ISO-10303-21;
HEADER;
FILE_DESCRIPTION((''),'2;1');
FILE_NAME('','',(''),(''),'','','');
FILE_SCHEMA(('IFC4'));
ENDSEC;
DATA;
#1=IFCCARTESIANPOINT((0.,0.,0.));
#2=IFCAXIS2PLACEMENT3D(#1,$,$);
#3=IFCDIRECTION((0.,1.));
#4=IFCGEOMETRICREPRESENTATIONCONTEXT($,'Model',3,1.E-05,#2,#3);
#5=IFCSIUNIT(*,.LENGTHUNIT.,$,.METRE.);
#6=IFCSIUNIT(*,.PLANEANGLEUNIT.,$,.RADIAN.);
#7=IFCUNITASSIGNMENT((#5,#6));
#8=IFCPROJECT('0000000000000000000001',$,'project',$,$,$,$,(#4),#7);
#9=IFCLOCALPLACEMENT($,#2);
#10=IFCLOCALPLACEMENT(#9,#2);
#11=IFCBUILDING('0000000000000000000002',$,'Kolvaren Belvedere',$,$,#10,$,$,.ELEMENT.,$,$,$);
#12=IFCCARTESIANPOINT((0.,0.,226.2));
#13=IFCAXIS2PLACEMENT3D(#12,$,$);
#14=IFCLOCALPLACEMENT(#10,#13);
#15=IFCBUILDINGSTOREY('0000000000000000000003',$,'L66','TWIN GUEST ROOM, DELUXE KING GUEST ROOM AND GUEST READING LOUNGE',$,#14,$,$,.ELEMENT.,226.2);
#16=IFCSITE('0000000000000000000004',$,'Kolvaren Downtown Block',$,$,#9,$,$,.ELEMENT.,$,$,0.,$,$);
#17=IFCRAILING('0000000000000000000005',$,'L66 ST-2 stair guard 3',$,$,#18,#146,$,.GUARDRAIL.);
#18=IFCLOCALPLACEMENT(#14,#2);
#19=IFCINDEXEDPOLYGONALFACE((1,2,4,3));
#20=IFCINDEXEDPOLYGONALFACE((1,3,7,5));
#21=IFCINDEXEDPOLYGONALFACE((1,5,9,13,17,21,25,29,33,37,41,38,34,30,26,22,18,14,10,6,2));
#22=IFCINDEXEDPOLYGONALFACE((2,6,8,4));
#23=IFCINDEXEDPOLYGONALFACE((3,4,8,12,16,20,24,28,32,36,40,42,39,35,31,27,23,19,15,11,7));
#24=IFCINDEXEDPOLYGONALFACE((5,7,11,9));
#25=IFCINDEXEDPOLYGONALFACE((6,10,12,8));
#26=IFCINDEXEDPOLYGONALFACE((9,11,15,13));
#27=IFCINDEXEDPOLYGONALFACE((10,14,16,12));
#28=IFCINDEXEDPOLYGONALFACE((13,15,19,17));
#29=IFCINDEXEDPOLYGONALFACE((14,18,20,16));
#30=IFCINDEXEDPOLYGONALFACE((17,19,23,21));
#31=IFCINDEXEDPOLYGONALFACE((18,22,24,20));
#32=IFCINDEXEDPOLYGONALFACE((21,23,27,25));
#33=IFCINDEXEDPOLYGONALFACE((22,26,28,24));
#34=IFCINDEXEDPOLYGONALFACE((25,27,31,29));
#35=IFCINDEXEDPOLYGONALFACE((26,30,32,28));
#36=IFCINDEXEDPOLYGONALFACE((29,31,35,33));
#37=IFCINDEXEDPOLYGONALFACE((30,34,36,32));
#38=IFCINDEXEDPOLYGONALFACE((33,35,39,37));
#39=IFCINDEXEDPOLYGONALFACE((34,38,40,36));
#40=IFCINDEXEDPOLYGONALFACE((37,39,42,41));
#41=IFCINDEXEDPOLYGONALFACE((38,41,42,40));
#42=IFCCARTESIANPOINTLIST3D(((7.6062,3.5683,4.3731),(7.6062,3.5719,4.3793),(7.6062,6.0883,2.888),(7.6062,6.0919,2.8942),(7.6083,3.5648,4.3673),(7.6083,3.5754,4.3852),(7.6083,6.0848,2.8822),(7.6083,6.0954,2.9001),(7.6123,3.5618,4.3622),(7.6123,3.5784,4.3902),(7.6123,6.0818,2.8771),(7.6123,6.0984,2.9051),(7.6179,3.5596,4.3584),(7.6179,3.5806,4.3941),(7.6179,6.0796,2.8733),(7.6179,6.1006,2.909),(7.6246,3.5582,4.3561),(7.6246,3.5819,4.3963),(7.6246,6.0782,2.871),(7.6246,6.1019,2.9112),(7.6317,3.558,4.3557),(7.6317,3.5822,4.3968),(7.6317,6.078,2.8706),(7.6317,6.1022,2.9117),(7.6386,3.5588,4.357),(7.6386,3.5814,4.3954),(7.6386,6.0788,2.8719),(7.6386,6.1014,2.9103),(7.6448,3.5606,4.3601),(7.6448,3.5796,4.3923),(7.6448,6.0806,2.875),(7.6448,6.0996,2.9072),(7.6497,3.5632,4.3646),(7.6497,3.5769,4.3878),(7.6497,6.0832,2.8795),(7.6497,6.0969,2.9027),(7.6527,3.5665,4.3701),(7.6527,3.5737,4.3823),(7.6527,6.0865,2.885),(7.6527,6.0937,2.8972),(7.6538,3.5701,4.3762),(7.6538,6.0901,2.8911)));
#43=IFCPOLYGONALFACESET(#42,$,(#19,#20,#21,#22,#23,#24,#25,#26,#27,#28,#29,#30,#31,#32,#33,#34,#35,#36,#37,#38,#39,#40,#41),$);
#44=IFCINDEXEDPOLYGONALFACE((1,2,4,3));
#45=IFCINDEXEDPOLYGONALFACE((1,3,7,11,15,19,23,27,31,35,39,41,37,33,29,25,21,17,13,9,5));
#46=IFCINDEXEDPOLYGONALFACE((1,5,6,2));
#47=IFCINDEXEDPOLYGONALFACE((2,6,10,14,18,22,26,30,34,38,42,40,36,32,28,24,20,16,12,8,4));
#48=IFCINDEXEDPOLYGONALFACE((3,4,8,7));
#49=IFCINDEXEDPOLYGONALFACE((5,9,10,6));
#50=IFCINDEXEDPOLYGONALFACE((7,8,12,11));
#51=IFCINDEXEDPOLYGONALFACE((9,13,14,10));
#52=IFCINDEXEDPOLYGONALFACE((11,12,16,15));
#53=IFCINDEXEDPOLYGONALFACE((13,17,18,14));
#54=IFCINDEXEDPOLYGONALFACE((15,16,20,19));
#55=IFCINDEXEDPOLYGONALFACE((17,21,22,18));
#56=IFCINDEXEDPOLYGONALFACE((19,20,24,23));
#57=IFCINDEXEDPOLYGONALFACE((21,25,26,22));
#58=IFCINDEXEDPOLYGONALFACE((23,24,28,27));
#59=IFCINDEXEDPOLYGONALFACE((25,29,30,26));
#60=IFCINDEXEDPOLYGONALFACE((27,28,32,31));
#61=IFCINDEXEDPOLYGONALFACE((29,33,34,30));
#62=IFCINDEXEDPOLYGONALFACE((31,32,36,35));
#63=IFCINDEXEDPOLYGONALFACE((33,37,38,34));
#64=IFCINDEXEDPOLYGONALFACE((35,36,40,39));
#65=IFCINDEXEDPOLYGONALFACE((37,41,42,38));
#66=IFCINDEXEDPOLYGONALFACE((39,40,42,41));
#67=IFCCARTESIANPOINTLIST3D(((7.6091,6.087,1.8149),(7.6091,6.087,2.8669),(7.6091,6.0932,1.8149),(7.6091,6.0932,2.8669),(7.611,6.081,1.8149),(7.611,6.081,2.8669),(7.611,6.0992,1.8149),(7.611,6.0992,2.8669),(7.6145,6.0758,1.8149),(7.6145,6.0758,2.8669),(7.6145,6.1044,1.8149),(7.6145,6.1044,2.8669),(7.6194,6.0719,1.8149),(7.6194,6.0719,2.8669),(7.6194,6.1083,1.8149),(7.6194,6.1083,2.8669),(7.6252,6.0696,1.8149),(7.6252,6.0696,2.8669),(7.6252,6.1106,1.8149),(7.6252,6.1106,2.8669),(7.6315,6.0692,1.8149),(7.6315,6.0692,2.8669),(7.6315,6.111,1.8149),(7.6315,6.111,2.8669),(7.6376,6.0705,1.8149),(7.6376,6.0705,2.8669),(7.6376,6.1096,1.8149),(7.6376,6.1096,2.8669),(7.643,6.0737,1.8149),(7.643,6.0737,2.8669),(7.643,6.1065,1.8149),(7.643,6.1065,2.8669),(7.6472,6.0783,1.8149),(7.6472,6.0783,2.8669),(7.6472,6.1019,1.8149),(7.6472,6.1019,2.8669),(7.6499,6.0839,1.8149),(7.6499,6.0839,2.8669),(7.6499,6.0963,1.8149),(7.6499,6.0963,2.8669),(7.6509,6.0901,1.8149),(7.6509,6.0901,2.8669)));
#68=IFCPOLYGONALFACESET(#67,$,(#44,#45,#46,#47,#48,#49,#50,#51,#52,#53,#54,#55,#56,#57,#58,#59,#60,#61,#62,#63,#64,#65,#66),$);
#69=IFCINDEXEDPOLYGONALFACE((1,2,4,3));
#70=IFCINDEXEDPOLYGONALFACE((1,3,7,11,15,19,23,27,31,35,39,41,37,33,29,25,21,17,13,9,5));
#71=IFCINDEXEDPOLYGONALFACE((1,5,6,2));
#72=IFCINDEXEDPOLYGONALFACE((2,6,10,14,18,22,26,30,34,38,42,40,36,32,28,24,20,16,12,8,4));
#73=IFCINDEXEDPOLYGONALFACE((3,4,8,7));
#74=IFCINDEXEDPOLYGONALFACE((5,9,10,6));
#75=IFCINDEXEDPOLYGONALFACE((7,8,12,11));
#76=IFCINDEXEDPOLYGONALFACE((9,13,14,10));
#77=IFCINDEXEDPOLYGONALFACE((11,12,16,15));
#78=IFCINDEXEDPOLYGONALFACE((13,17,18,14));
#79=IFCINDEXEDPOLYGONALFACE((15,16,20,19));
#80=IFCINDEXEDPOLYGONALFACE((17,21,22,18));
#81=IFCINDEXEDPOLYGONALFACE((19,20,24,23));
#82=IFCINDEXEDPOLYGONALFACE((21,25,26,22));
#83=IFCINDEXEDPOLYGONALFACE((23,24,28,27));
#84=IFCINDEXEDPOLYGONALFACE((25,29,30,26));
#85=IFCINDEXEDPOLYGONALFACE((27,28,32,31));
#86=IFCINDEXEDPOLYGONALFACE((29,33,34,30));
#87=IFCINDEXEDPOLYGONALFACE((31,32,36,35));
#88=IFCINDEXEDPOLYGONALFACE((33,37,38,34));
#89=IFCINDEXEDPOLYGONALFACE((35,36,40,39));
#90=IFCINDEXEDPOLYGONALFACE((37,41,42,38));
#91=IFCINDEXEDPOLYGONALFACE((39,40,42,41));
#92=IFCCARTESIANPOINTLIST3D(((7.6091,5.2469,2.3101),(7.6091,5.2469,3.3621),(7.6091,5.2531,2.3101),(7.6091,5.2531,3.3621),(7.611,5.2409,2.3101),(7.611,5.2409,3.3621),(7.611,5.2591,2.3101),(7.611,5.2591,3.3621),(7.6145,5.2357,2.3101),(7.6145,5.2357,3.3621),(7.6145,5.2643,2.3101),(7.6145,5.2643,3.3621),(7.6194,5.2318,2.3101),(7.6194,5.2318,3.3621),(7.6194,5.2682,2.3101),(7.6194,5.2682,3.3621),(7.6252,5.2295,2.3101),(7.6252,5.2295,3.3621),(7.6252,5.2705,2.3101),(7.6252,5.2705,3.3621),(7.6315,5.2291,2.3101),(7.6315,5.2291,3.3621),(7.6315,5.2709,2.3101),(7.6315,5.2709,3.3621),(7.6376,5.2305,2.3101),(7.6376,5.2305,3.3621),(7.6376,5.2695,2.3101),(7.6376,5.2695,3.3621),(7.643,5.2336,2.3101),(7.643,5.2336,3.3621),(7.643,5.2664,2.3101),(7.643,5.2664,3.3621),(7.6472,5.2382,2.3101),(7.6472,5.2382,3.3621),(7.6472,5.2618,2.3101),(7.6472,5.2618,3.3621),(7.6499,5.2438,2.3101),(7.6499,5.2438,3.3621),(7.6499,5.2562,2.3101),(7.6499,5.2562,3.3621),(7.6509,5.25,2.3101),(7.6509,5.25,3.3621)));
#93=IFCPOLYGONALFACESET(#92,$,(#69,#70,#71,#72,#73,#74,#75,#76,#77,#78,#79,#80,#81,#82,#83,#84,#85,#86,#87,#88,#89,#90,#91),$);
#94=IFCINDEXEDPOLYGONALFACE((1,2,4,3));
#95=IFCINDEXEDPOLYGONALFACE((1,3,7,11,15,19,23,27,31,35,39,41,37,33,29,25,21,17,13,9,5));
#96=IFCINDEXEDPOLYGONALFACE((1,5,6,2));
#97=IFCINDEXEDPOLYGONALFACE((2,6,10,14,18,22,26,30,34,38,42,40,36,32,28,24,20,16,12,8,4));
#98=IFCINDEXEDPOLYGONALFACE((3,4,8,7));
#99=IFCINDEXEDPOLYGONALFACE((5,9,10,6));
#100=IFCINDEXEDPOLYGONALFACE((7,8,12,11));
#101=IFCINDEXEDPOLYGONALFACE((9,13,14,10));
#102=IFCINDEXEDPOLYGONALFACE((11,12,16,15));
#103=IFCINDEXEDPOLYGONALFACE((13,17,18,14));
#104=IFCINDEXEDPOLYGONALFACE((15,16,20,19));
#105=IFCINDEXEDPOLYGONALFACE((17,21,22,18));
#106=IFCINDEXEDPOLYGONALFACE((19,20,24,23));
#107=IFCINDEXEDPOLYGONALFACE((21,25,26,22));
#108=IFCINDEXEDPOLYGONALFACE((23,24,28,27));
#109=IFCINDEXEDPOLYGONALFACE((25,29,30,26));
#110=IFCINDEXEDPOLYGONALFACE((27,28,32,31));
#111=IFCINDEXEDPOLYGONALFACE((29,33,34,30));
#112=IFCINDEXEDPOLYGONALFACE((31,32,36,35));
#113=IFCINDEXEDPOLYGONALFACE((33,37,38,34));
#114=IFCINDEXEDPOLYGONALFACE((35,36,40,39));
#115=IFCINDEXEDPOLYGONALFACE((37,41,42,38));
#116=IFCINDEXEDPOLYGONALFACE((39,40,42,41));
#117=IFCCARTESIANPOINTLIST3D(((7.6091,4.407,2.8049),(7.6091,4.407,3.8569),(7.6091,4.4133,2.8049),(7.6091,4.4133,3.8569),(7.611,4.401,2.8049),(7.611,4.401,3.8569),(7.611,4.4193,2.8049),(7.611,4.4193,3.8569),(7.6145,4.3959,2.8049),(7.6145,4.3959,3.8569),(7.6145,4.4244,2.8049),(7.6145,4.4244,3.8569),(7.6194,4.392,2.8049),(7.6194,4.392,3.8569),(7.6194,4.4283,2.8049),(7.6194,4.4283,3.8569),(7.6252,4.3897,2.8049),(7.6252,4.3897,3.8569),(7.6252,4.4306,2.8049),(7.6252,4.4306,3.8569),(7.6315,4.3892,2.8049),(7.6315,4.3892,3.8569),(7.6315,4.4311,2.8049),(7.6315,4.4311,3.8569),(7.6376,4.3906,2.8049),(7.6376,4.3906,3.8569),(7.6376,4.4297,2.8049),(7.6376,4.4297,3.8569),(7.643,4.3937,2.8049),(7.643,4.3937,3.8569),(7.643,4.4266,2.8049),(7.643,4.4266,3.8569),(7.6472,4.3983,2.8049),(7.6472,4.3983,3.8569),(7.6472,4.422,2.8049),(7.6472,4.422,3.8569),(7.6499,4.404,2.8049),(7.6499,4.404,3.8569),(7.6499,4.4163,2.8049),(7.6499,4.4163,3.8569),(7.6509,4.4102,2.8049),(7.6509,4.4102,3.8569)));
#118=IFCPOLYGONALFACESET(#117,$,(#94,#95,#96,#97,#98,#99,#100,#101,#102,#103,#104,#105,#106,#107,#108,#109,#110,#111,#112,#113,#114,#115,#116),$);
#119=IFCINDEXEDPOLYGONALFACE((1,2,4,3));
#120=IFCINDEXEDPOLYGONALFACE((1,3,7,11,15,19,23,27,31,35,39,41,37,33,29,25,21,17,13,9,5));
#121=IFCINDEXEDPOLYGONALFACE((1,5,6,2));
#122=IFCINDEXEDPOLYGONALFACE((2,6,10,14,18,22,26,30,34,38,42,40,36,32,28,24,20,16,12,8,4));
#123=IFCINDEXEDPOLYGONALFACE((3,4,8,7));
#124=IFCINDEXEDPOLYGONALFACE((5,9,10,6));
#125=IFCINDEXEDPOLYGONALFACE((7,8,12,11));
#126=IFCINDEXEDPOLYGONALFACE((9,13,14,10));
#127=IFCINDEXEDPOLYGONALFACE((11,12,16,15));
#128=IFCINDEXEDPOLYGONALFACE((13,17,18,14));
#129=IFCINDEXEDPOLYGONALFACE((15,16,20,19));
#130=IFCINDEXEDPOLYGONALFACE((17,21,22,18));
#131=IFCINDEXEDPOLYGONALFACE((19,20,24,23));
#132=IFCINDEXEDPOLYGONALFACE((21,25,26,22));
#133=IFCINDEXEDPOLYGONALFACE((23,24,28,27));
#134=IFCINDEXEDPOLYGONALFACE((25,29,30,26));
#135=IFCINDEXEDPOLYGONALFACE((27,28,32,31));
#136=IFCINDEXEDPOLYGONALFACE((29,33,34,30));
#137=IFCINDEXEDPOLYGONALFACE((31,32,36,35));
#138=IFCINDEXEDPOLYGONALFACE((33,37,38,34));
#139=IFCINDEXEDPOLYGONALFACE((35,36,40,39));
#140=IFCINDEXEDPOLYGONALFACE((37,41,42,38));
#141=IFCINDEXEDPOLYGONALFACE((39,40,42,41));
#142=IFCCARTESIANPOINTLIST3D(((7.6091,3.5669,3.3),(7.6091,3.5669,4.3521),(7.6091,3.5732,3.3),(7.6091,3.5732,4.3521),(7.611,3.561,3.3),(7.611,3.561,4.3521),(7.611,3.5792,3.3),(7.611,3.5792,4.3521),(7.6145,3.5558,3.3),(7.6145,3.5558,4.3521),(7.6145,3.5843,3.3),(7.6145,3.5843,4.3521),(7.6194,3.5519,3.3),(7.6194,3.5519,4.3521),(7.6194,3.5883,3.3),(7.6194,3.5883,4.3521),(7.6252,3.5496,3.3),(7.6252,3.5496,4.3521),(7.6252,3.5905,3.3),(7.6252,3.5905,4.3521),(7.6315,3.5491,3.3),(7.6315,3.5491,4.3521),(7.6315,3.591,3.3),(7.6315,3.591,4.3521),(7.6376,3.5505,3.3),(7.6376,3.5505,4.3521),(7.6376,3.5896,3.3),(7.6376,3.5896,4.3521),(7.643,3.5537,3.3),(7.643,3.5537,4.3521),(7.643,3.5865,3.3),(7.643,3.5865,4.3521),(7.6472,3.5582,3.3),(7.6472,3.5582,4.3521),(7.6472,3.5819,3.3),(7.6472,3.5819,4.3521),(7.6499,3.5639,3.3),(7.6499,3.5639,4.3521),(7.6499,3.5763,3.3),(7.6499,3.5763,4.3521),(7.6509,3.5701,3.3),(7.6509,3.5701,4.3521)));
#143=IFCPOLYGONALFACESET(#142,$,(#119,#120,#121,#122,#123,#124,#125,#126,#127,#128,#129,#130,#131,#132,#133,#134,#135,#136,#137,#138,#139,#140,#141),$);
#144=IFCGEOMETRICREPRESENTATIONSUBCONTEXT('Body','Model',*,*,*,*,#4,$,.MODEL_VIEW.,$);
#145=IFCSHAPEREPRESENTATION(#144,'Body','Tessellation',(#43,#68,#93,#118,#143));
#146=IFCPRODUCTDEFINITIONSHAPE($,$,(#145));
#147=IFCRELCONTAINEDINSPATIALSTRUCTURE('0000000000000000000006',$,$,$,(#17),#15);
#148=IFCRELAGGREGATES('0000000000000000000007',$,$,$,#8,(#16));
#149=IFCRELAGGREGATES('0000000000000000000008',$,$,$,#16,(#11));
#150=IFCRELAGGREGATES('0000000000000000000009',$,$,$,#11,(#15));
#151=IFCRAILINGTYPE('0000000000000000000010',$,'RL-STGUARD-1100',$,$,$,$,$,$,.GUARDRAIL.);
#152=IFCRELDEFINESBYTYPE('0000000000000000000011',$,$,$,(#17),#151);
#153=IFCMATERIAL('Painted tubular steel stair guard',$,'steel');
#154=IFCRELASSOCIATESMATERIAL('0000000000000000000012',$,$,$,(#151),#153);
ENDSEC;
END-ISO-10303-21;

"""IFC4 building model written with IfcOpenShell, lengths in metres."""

from ifc_helpers import new_model, si_unit, direction, frame, origin, origin_2d, place, context, subcontext, project, spatial, circle, extrude, material, type_object, element, save


model = new_model("IFC4")

# Units and contexts
model_context = context("Model", 3, precision=1e-05, world=origin(), true_north=direction((0.0, 1.0)))
body_context = subcontext(model_context, "Body", "Model", "MODEL_VIEW")
ifc_project = project(units=[si_unit("LENGTHUNIT", "METRE"), si_unit("PLANEANGLEUNIT", "RADIAN")], contexts=[model_context])

# Site, building, storey
site_placement = place(None, origin())
site = spatial("IfcSite", under=ifc_project, at=site_placement, Name="Kolvaren Downtown Block", CompositionType="ELEMENT", RefElevation=0.0)
building_placement = place(site_placement, origin())
building = spatial("IfcBuilding", under=site, at=building_placement, Name="Kolvaren Belvedere", CompositionType="ELEMENT")
storey_placement = place(building_placement, frame((0.0, 0.0, 226.2)))
storey = spatial("IfcBuildingStorey", under=building, at=storey_placement, Name="L66", Description="TWIN GUEST ROOM, DELUXE KING GUEST ROOM AND GUEST READING LOUNGE", CompositionType="ELEMENT", Elevation=226.2)

# Railing
ifc_material_1 = material(Name="Painted tubular steel stair guard", Category="steel")
railing_type_1 = type_object("IfcRailingType", Name="RL-STGUARD-1100", PredefinedType="GUARDRAIL", material=ifc_material_1)
railing_1_placement = place(storey_placement, frame((7.6299, 6.0901, 1.8149)))
element("IfcRailing", 1, at=railing_1_placement, inside=storey, type_object=railing_type_1, Name="L66 ST-2 stair guard 3", PredefinedType="GUARDRAIL", context=body_context, shape_type="SweptSolid", body=[
    extrude(circle(Radius=0.0239, at=origin_2d()), frame((0.0, 0.0, 1.0762), z_axis=(0.0, -0.861524, 0.507717), x_axis=(1.0, 0.0, 0.0)), (0.0, 0.0, 1.0), 2.925),
    extrude(circle(Radius=0.021, at=origin_2d()), origin(), (0.0, 0.0, 1.0), 1.052),
    extrude(circle(Radius=0.021, at=origin_2d()), frame((0.0, -0.8401, 0.4951)), (0.0, 0.0, 1.0), 1.052),
    extrude(circle(Radius=0.021, at=origin_2d()), frame((0.0, -1.6799, 0.99)), (0.0, 0.0, 1.0), 1.052),
    extrude(circle(Radius=0.021, at=origin_2d()), frame((0.0, -2.52, 1.4851)), (0.0, 0.0, 1.0), 1.052),
])

save(model, "model.ifc")
